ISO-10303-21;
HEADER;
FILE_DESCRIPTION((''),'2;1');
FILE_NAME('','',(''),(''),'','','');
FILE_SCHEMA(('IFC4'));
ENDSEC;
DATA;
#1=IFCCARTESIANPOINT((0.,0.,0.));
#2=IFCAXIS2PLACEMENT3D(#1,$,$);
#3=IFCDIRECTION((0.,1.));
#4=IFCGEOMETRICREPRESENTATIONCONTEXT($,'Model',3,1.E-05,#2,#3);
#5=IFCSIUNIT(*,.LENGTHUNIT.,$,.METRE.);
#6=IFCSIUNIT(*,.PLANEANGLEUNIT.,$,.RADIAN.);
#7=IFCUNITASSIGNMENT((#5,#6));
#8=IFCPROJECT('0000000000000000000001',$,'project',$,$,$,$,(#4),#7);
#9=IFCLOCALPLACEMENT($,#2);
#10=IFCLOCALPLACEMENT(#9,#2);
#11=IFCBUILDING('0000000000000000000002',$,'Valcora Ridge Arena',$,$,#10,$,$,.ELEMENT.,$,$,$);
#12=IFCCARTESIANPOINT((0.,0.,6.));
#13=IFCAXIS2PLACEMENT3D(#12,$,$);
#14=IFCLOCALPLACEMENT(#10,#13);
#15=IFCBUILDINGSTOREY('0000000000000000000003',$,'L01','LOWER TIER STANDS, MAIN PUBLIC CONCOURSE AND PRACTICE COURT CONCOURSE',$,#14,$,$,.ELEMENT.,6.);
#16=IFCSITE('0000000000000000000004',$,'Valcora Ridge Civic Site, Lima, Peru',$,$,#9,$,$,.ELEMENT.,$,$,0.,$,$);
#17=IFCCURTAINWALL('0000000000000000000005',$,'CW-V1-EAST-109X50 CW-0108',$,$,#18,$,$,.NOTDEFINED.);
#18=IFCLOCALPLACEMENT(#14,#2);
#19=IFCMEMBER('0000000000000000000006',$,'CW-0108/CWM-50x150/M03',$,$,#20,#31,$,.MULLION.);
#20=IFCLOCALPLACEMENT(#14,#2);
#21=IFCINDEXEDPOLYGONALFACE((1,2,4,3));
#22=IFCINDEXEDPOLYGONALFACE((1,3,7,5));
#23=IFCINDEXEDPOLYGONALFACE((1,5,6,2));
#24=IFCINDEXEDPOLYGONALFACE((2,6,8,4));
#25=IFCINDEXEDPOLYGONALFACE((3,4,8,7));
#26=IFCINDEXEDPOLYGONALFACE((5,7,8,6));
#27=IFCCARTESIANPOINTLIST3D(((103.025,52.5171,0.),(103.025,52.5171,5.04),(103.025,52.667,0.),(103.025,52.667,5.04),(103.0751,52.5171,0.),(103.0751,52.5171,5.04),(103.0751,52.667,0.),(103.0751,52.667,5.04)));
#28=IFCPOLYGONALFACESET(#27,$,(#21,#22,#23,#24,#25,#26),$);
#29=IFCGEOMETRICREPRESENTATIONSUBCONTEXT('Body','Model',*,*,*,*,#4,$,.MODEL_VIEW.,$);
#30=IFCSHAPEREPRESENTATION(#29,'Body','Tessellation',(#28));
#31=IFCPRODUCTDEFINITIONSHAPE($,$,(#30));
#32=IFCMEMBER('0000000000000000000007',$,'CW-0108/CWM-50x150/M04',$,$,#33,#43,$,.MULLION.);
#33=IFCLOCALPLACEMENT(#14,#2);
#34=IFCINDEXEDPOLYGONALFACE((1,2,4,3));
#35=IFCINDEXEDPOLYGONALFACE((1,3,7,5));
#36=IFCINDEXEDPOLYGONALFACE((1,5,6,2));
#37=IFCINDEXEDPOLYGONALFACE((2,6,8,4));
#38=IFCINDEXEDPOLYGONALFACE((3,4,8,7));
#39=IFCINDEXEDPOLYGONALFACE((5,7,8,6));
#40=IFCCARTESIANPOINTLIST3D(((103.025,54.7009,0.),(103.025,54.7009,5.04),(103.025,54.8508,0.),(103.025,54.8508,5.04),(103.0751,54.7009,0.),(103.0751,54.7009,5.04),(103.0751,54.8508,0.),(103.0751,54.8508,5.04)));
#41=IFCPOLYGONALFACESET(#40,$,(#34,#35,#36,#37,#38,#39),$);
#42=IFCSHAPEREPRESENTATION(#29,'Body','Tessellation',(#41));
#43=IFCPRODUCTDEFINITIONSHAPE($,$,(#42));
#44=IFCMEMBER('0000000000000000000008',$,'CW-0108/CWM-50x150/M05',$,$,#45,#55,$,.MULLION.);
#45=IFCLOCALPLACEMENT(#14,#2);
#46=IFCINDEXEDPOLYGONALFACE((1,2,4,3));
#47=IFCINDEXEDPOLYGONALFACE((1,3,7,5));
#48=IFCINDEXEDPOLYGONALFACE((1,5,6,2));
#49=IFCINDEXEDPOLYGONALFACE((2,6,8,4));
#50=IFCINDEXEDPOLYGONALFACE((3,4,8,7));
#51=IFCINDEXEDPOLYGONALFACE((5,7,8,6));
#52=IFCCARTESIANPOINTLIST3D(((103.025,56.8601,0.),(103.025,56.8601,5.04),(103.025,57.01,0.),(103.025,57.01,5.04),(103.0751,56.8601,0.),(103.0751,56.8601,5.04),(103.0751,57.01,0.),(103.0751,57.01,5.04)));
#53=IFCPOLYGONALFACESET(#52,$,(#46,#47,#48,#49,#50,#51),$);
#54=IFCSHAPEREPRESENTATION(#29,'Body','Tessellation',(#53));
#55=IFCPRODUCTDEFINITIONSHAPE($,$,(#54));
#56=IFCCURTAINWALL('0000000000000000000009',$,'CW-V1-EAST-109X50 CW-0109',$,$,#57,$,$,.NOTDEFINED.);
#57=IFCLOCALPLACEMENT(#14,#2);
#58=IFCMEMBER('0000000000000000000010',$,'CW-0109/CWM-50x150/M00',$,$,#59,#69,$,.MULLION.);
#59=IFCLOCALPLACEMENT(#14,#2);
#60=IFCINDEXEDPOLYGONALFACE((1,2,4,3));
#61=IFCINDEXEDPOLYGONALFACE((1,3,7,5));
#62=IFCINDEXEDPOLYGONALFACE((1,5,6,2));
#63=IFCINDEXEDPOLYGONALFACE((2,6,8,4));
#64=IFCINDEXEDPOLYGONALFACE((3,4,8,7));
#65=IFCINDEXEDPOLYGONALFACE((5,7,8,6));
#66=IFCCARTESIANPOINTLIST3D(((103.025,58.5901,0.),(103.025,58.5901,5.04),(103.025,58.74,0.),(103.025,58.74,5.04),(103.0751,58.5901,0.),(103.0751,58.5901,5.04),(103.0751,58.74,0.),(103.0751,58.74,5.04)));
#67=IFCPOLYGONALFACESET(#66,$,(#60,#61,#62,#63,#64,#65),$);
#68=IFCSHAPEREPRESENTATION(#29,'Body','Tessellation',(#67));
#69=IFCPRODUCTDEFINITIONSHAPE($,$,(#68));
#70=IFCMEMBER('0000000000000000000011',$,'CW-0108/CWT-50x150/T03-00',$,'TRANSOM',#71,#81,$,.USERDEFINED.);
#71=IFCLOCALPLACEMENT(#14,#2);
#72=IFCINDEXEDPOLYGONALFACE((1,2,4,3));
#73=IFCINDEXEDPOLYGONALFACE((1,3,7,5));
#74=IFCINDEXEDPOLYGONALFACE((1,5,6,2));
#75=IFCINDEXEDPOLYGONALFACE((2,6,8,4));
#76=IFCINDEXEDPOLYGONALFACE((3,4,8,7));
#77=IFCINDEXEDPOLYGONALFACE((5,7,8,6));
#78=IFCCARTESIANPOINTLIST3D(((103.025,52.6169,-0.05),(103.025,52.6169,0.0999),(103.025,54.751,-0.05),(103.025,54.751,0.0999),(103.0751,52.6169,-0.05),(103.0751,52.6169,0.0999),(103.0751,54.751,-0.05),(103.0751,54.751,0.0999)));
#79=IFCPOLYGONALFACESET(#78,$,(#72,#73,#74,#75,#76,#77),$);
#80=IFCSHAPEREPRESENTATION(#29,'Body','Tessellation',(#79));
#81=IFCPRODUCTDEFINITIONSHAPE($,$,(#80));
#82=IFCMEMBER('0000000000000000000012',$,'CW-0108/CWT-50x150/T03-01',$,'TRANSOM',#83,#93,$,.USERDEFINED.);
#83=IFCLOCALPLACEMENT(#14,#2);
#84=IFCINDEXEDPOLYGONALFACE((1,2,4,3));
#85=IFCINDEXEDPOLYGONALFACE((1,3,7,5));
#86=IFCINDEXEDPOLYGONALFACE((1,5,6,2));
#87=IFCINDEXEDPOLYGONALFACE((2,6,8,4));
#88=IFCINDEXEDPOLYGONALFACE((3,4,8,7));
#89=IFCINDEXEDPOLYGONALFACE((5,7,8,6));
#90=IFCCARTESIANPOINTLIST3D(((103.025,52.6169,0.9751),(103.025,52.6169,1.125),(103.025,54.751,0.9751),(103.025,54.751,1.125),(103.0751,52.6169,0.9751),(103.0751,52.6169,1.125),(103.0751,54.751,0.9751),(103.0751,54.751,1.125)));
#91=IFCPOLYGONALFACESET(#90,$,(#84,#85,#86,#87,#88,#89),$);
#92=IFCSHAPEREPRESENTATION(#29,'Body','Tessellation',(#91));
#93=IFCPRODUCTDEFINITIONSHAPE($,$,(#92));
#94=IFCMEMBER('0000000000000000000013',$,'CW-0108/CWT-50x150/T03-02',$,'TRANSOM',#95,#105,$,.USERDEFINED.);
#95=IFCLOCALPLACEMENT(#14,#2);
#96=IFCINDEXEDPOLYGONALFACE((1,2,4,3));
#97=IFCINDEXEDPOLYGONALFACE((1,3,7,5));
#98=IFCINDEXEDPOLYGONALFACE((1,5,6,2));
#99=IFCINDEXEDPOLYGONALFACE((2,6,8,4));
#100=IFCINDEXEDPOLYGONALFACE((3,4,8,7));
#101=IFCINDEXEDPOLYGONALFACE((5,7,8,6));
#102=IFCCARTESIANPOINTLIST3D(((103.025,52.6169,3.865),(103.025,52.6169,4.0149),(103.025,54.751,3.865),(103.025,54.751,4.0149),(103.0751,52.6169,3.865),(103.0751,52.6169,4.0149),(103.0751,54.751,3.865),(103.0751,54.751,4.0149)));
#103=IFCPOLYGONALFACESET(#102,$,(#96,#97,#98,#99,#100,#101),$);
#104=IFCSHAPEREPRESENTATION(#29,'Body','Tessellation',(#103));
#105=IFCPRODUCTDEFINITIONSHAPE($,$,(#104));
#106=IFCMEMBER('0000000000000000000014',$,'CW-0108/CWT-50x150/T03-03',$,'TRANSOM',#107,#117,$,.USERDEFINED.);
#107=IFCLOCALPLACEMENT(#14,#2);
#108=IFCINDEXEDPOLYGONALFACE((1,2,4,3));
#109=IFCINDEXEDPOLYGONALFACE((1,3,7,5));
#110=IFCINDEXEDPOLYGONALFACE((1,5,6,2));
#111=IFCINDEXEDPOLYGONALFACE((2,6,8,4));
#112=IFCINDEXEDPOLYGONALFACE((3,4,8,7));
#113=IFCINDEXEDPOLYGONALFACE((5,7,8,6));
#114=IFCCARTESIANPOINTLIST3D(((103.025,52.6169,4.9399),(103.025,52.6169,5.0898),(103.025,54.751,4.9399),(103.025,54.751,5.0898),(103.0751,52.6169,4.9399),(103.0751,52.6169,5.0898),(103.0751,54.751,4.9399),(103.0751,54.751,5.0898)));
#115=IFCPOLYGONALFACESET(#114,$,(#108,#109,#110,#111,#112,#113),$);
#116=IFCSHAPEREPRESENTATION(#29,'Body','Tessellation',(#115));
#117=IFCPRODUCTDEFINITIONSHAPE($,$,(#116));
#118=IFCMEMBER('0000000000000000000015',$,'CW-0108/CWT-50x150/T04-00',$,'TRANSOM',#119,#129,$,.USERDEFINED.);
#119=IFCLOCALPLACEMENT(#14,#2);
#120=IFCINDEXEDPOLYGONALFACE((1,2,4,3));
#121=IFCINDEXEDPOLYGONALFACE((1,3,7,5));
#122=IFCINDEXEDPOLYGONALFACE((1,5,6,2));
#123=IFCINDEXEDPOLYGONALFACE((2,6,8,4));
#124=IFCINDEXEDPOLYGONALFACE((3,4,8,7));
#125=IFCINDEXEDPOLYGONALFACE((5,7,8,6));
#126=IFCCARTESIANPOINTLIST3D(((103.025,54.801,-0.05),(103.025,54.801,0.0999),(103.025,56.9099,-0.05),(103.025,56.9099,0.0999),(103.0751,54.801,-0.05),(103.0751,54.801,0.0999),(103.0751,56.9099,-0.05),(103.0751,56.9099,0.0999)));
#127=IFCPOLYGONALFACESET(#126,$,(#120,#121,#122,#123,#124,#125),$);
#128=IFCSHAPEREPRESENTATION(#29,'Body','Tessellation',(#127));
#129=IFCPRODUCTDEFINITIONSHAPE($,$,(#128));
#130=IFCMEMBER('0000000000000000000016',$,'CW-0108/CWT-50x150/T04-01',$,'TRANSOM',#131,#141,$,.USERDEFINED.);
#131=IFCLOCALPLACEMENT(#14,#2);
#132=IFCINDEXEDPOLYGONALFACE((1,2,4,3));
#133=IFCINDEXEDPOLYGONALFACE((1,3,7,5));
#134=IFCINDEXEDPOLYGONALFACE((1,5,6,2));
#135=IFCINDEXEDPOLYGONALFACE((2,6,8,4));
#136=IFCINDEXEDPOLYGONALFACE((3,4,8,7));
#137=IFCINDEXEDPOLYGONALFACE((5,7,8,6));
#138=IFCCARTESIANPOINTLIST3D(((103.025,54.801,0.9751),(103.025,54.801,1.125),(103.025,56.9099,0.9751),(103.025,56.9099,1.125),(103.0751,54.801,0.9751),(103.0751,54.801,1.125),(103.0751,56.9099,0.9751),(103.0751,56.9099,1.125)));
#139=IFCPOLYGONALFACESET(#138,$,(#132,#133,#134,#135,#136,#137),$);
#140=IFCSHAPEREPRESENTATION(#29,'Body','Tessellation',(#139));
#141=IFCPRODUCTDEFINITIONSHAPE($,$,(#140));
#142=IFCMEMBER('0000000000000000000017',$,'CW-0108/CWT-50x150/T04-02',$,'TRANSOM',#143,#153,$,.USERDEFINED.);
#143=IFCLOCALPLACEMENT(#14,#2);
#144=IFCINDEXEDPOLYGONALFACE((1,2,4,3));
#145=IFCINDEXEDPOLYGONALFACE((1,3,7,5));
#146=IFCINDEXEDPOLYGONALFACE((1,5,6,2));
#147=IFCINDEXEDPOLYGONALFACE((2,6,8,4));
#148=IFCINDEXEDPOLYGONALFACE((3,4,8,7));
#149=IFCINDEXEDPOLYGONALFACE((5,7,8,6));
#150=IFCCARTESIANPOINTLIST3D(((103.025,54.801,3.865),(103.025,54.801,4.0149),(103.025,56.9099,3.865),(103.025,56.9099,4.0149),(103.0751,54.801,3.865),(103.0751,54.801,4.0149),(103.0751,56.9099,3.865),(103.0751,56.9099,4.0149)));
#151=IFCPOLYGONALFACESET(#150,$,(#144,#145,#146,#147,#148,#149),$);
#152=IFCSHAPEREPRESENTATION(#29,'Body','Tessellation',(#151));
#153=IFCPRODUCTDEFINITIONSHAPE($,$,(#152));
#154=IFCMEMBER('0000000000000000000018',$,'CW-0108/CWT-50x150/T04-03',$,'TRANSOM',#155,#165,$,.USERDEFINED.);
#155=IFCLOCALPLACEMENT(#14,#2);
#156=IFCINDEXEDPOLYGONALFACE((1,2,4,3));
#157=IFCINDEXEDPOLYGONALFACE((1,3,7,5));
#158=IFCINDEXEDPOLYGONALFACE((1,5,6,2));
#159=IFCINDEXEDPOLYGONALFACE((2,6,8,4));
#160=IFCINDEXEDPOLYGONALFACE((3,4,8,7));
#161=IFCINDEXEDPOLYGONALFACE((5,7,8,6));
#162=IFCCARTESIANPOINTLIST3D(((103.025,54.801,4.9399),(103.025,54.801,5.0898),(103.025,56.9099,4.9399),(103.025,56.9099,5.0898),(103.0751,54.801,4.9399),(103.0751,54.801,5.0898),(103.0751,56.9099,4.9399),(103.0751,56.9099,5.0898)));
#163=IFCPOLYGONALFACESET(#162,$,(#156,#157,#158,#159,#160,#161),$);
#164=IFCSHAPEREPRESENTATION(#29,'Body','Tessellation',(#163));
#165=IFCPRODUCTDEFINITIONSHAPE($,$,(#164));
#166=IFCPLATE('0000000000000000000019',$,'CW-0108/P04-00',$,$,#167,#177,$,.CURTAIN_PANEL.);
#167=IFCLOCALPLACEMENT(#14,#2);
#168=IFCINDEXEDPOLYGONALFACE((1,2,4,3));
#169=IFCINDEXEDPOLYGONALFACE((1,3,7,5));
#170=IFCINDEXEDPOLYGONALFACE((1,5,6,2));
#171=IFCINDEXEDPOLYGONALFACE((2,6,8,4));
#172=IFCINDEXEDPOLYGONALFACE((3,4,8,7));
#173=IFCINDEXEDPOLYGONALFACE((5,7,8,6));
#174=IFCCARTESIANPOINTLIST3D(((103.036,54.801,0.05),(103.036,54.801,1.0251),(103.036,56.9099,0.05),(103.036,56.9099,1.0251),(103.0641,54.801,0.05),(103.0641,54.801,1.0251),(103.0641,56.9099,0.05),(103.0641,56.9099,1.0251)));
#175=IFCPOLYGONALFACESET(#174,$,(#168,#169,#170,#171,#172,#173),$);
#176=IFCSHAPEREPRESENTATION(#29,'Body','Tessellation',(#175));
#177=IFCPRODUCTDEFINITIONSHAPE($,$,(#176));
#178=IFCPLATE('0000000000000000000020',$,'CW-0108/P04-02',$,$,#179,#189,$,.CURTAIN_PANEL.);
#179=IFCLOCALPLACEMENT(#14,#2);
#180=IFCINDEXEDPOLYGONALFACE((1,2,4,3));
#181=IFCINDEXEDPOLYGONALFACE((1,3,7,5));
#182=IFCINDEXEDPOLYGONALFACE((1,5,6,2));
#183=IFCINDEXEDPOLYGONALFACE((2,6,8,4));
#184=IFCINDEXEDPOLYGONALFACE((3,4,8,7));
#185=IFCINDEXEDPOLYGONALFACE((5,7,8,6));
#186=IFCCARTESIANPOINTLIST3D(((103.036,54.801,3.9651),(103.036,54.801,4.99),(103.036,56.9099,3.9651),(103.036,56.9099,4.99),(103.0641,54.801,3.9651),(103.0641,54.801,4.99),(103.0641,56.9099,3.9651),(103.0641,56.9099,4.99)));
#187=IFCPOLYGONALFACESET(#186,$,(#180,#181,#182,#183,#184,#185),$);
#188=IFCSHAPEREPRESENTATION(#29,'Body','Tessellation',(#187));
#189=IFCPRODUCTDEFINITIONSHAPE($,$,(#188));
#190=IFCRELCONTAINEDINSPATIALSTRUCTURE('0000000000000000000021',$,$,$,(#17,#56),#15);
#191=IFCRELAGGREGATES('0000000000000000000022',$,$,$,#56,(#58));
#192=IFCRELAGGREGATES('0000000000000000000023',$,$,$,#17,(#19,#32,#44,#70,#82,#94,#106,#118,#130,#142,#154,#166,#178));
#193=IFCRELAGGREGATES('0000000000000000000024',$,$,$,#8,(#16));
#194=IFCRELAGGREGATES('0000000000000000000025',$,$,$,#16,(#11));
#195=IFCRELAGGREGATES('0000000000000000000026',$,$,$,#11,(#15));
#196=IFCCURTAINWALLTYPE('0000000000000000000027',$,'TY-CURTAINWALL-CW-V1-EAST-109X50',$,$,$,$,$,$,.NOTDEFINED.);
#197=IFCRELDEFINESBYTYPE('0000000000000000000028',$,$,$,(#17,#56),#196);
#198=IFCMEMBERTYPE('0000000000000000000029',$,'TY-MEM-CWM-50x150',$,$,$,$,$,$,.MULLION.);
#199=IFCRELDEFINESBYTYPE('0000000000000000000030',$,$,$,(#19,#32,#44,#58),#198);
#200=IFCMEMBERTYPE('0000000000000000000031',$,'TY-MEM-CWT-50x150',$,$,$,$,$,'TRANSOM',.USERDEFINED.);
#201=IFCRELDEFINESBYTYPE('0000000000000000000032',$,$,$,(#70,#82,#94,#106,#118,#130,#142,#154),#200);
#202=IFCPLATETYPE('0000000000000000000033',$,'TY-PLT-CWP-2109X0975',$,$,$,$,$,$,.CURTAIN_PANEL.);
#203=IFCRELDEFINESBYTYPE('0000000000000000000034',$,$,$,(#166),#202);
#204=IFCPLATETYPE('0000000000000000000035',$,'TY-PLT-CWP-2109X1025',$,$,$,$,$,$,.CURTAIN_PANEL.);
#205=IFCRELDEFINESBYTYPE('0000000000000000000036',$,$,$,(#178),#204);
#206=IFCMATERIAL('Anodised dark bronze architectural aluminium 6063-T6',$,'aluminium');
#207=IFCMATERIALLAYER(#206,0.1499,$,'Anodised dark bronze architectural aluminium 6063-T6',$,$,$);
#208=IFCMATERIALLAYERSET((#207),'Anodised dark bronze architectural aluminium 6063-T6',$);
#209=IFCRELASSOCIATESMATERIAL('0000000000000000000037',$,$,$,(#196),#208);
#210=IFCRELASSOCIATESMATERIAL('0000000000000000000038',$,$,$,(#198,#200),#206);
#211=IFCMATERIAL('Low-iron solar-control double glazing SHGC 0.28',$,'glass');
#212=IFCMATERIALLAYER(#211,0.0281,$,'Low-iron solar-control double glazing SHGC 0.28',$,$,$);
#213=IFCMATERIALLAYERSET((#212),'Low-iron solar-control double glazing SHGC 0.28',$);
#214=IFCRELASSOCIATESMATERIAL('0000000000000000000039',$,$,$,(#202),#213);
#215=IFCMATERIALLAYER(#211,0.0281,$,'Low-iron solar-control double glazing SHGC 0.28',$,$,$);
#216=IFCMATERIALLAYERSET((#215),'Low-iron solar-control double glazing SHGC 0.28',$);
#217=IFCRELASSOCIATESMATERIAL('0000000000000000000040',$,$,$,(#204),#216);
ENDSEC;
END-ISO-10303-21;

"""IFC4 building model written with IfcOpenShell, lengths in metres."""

from ifc_helpers import new_model, si_unit, direction, frame, origin, origin_2d, place, context, subcontext, project, spatial, rectangle, extrude, material, layer, layer_set, material_profile, profile_set, type_object, element, aggregate, save


model = new_model("IFC4")

# Units and contexts
model_context = context("Model", 3, precision=1e-05, world=origin(), true_north=direction((0.0, 1.0)))
body_context = subcontext(model_context, "Body", "Model", "MODEL_VIEW")
ifc_project = project(units=[si_unit("LENGTHUNIT", "METRE"), si_unit("PLANEANGLEUNIT", "RADIAN")], contexts=[model_context])

# Site, building, storey
site_placement = place(None, origin())
site = spatial("IfcSite", under=ifc_project, at=site_placement, Name="Valcora Ridge Civic Site, Lima, Peru", CompositionType="ELEMENT", RefElevation=0.0)
building_placement = place(site_placement, origin())
building = spatial("IfcBuilding", under=site, at=building_placement, Name="Valcora Ridge Arena", CompositionType="ELEMENT")
storey_placement = place(building_placement, frame((0.0, 0.0, 6.0)))
storey = spatial("IfcBuildingStorey", under=building, at=storey_placement, Name="L01", Description="LOWER TIER STANDS, MAIN PUBLIC CONCOURSE AND PRACTICE COURT CONCOURSE", CompositionType="ELEMENT", Elevation=6.0)

# Curtain wall, members
ifc_material_1 = material(Name="Anodised dark bronze architectural aluminium 6063-T6", Category="aluminium")
ifc_layer_1 = layer(ifc_material_1, 0.1499, Name="Anodised dark bronze architectural aluminium 6063-T6")
ifc_layer_set_1 = layer_set([ifc_layer_1], Name="Anodised dark bronze architectural aluminium 6063-T6")
curtain_wall_type = type_object("IfcCurtainWallType", Name="TY-CURTAINWALL-CW-V1-EAST-109X50", PredefinedType="NOTDEFINED", material=ifc_layer_set_1)
curtain_wall_1_placement = place(storey_placement, origin())
curtain_wall_1 = element("IfcCurtainWall", 1, at=curtain_wall_1_placement, inside=storey, type_object=curtain_wall_type, Name="CW-V1-EAST-109X50 CW-0108", PredefinedType="NOTDEFINED")
ifc_material_profile_1 = material_profile(ifc_material_1, rectangle(XDim=0.05, YDim=0.1499, at=origin_2d()), Name="ALU MULLION 50x150")
ifc_profile_set_1 = profile_set([ifc_material_profile_1], Name="Anodised dark bronze architectural aluminium 6063-T6")
member_type_1 = type_object("IfcMemberType", Name="TY-MEM-CWM-50x150", PredefinedType="MULLION", material=ifc_profile_set_1)
member_1_placement = place(storey_placement, frame((103.05, 52.592, 0.0), z_axis=(0.0, 0.0, 1.0), x_axis=(-1.0, 0.0, 0.0)))
member_1 = element("IfcMember", 2, at=member_1_placement, type_object=member_type_1, Name="CW-0108/CWM-50x150/M03", PredefinedType="MULLION", context=body_context, shape_type="SweptSolid", body=[
    extrude(rectangle(XDim=0.05, YDim=0.1499, at=origin_2d()), origin(), (0.0, 0.0, 1.0), 5.04),
])
member_2_placement = place(storey_placement, frame((103.05, 54.7759, 0.0), z_axis=(0.0, 0.0, 1.0), x_axis=(-1.0, 0.0, 0.0)))
member_2 = element("IfcMember", 3, at=member_2_placement, type_object=member_type_1, Name="CW-0108/CWM-50x150/M04", PredefinedType="MULLION", context=body_context, shape_type="SweptSolid", body=[
    extrude(rectangle(XDim=0.05, YDim=0.1499, at=origin_2d()), origin(), (0.0, 0.0, 1.0), 5.04),
])
member_3_placement = place(storey_placement, frame((103.05, 56.9351, 0.0), z_axis=(0.0, 0.0, 1.0), x_axis=(-1.0, 0.0, 0.0)))
member_3 = element("IfcMember", 4, at=member_3_placement, type_object=member_type_1, Name="CW-0108/CWM-50x150/M05", PredefinedType="MULLION", context=body_context, shape_type="SweptSolid", body=[
    extrude(rectangle(XDim=0.05, YDim=0.1499, at=origin_2d()), origin(), (0.0, 0.0, 1.0), 5.04),
])

# Curtain wall, member
curtain_wall_2_placement = place(storey_placement, origin())
curtain_wall_2 = element("IfcCurtainWall", 5, at=curtain_wall_2_placement, inside=storey, type_object=curtain_wall_type, Name="CW-V1-EAST-109X50 CW-0109", PredefinedType="NOTDEFINED")
member_4_placement = place(storey_placement, frame((103.05, 58.665, 0.0), z_axis=(0.0, 0.0, 1.0), x_axis=(-1.0, 0.0, 0.0)))
member_4 = element("IfcMember", 6, at=member_4_placement, type_object=member_type_1, Name="CW-0109/CWM-50x150/M00", PredefinedType="MULLION", context=body_context, shape_type="SweptSolid", body=[
    extrude(rectangle(XDim=0.05, YDim=0.1499, at=origin_2d()), origin(), (0.0, 0.0, 1.0), 5.04),
])
aggregate(curtain_wall_2, [member_4])

# Members
ifc_material_profile_2 = material_profile(ifc_material_1, rectangle(XDim=0.05, YDim=0.1499, at=origin_2d()), Name="ALU TRANSOM 50x150")
ifc_profile_set_2 = profile_set([ifc_material_profile_2], Name="Anodised dark bronze architectural aluminium 6063-T6")
member_type_2 = type_object("IfcMemberType", Name="TY-MEM-CWT-50x150", ElementType="TRANSOM", PredefinedType="USERDEFINED", material=ifc_profile_set_2)
member_5_placement = place(storey_placement, frame((103.05, 52.6169, 0.0249), z_axis=(0.0, 1.0, 0.0), x_axis=(-1.0, 0.0, 0.0)))
member_5 = element("IfcMember", 7, at=member_5_placement, type_object=member_type_2, Name="CW-0108/CWT-50x150/T03-00", ObjectType="TRANSOM", PredefinedType="USERDEFINED", context=body_context, shape_type="SweptSolid", body=[
    extrude(rectangle(XDim=0.05, YDim=0.1499, at=origin_2d()), origin(), (0.0, 0.0, 1.0), 2.134),
])
member_6_placement = place(storey_placement, frame((103.05, 52.6169, 1.05), z_axis=(0.0, 1.0, 0.0), x_axis=(-1.0, 0.0, 0.0)))
member_6 = element("IfcMember", 8, at=member_6_placement, type_object=member_type_2, Name="CW-0108/CWT-50x150/T03-01", ObjectType="TRANSOM", PredefinedType="USERDEFINED", context=body_context, shape_type="SweptSolid", body=[
    extrude(rectangle(XDim=0.05, YDim=0.1499, at=origin_2d()), origin(), (0.0, 0.0, 1.0), 2.134),
])
member_7_placement = place(storey_placement, frame((103.05, 52.6169, 3.9399), z_axis=(0.0, 1.0, 0.0), x_axis=(-1.0, 0.0, 0.0)))
member_7 = element("IfcMember", 9, at=member_7_placement, type_object=member_type_2, Name="CW-0108/CWT-50x150/T03-02", ObjectType="TRANSOM", PredefinedType="USERDEFINED", context=body_context, shape_type="SweptSolid", body=[
    extrude(rectangle(XDim=0.05, YDim=0.1499, at=origin_2d()), origin(), (0.0, 0.0, 1.0), 2.134),
])
member_8_placement = place(storey_placement, frame((103.05, 52.6169, 5.0149), z_axis=(0.0, 1.0, 0.0), x_axis=(-1.0, 0.0, 0.0)))
member_8 = element("IfcMember", 10, at=member_8_placement, type_object=member_type_2, Name="CW-0108/CWT-50x150/T03-03", ObjectType="TRANSOM", PredefinedType="USERDEFINED", context=body_context, shape_type="SweptSolid", body=[
    extrude(rectangle(XDim=0.05, YDim=0.1499, at=origin_2d()), origin(), (0.0, 0.0, 1.0), 2.134),
])
member_9_placement = place(storey_placement, frame((103.05, 54.801, 0.0249), z_axis=(0.0, 1.0, 0.0), x_axis=(-1.0, 0.0, 0.0)))
member_9 = element("IfcMember", 11, at=member_9_placement, type_object=member_type_2, Name="CW-0108/CWT-50x150/T04-00", ObjectType="TRANSOM", PredefinedType="USERDEFINED", context=body_context, shape_type="SweptSolid", body=[
    extrude(rectangle(XDim=0.05, YDim=0.1499, at=origin_2d()), origin(), (0.0, 0.0, 1.0), 2.1089),
])
member_10_placement = place(storey_placement, frame((103.05, 54.801, 1.05), z_axis=(0.0, 1.0, 0.0), x_axis=(-1.0, 0.0, 0.0)))
member_10 = element("IfcMember", 12, at=member_10_placement, type_object=member_type_2, Name="CW-0108/CWT-50x150/T04-01", ObjectType="TRANSOM", PredefinedType="USERDEFINED", context=body_context, shape_type="SweptSolid", body=[
    extrude(rectangle(XDim=0.05, YDim=0.1499, at=origin_2d()), origin(), (0.0, 0.0, 1.0), 2.1089),
])
member_11_placement = place(storey_placement, frame((103.05, 54.801, 3.9399), z_axis=(0.0, 1.0, 0.0), x_axis=(-1.0, 0.0, 0.0)))
member_11 = element("IfcMember", 13, at=member_11_placement, type_object=member_type_2, Name="CW-0108/CWT-50x150/T04-02", ObjectType="TRANSOM", PredefinedType="USERDEFINED", context=body_context, shape_type="SweptSolid", body=[
    extrude(rectangle(XDim=0.05, YDim=0.1499, at=origin_2d()), origin(), (0.0, 0.0, 1.0), 2.1089),
])
member_12_placement = place(storey_placement, frame((103.05, 54.801, 5.0149), z_axis=(0.0, 1.0, 0.0), x_axis=(-1.0, 0.0, 0.0)))
member_12 = element("IfcMember", 14, at=member_12_placement, type_object=member_type_2, Name="CW-0108/CWT-50x150/T04-03", ObjectType="TRANSOM", PredefinedType="USERDEFINED", context=body_context, shape_type="SweptSolid", body=[
    extrude(rectangle(XDim=0.05, YDim=0.1499, at=origin_2d()), origin(), (0.0, 0.0, 1.0), 2.1089),
])

# Plates
ifc_material_2 = material(Name="Low-iron solar-control double glazing SHGC 0.28", Category="glass")
ifc_layer_2 = layer(ifc_material_2, 0.0281, Name="Low-iron solar-control double glazing SHGC 0.28")
ifc_layer_set_2 = layer_set([ifc_layer_2], Name="Low-iron solar-control double glazing SHGC 0.28")
plate_type_1 = type_object("IfcPlateType", Name="TY-PLT-CWP-2109X0975", PredefinedType="CURTAIN_PANEL", material=ifc_layer_set_2)
plate_1_placement = place(storey_placement, frame((103.05, 55.8555, 0.05), z_axis=(0.0, 0.0, 1.0), x_axis=(0.0, 1.0, 0.0)))
plate_1 = element("IfcPlate", 15, at=plate_1_placement, type_object=plate_type_1, Name="CW-0108/P04-00", PredefinedType="CURTAIN_PANEL", context=body_context, shape_type="SweptSolid", body=[
    extrude(rectangle(XDim=2.1089, YDim=0.0281, at=origin_2d()), origin(), (0.0, 0.0, 1.0), 0.9751),
])
ifc_layer_3 = layer(ifc_material_2, 0.0281, Name="Low-iron solar-control double glazing SHGC 0.28")
ifc_layer_set_3 = layer_set([ifc_layer_3], Name="Low-iron solar-control double glazing SHGC 0.28")
plate_type_2 = type_object("IfcPlateType", Name="TY-PLT-CWP-2109X1025", PredefinedType="CURTAIN_PANEL", material=ifc_layer_set_3)
plate_2_placement = place(storey_placement, frame((103.05, 55.8555, 3.9651), z_axis=(0.0, 0.0, 1.0), x_axis=(0.0, 1.0, 0.0)))
plate_2 = element("IfcPlate", 16, at=plate_2_placement, type_object=plate_type_2, Name="CW-0108/P04-02", PredefinedType="CURTAIN_PANEL", context=body_context, shape_type="SweptSolid", body=[
    extrude(rectangle(XDim=2.1089, YDim=0.0281, at=origin_2d()), origin(), (0.0, 0.0, 1.0), 1.0249),
])
aggregate(curtain_wall_1, [member_1, member_2, member_3, member_5, member_6, member_7, member_8, member_9, member_10, member_11, member_12, plate_1, plate_2])

save(model, "model.ifc")
